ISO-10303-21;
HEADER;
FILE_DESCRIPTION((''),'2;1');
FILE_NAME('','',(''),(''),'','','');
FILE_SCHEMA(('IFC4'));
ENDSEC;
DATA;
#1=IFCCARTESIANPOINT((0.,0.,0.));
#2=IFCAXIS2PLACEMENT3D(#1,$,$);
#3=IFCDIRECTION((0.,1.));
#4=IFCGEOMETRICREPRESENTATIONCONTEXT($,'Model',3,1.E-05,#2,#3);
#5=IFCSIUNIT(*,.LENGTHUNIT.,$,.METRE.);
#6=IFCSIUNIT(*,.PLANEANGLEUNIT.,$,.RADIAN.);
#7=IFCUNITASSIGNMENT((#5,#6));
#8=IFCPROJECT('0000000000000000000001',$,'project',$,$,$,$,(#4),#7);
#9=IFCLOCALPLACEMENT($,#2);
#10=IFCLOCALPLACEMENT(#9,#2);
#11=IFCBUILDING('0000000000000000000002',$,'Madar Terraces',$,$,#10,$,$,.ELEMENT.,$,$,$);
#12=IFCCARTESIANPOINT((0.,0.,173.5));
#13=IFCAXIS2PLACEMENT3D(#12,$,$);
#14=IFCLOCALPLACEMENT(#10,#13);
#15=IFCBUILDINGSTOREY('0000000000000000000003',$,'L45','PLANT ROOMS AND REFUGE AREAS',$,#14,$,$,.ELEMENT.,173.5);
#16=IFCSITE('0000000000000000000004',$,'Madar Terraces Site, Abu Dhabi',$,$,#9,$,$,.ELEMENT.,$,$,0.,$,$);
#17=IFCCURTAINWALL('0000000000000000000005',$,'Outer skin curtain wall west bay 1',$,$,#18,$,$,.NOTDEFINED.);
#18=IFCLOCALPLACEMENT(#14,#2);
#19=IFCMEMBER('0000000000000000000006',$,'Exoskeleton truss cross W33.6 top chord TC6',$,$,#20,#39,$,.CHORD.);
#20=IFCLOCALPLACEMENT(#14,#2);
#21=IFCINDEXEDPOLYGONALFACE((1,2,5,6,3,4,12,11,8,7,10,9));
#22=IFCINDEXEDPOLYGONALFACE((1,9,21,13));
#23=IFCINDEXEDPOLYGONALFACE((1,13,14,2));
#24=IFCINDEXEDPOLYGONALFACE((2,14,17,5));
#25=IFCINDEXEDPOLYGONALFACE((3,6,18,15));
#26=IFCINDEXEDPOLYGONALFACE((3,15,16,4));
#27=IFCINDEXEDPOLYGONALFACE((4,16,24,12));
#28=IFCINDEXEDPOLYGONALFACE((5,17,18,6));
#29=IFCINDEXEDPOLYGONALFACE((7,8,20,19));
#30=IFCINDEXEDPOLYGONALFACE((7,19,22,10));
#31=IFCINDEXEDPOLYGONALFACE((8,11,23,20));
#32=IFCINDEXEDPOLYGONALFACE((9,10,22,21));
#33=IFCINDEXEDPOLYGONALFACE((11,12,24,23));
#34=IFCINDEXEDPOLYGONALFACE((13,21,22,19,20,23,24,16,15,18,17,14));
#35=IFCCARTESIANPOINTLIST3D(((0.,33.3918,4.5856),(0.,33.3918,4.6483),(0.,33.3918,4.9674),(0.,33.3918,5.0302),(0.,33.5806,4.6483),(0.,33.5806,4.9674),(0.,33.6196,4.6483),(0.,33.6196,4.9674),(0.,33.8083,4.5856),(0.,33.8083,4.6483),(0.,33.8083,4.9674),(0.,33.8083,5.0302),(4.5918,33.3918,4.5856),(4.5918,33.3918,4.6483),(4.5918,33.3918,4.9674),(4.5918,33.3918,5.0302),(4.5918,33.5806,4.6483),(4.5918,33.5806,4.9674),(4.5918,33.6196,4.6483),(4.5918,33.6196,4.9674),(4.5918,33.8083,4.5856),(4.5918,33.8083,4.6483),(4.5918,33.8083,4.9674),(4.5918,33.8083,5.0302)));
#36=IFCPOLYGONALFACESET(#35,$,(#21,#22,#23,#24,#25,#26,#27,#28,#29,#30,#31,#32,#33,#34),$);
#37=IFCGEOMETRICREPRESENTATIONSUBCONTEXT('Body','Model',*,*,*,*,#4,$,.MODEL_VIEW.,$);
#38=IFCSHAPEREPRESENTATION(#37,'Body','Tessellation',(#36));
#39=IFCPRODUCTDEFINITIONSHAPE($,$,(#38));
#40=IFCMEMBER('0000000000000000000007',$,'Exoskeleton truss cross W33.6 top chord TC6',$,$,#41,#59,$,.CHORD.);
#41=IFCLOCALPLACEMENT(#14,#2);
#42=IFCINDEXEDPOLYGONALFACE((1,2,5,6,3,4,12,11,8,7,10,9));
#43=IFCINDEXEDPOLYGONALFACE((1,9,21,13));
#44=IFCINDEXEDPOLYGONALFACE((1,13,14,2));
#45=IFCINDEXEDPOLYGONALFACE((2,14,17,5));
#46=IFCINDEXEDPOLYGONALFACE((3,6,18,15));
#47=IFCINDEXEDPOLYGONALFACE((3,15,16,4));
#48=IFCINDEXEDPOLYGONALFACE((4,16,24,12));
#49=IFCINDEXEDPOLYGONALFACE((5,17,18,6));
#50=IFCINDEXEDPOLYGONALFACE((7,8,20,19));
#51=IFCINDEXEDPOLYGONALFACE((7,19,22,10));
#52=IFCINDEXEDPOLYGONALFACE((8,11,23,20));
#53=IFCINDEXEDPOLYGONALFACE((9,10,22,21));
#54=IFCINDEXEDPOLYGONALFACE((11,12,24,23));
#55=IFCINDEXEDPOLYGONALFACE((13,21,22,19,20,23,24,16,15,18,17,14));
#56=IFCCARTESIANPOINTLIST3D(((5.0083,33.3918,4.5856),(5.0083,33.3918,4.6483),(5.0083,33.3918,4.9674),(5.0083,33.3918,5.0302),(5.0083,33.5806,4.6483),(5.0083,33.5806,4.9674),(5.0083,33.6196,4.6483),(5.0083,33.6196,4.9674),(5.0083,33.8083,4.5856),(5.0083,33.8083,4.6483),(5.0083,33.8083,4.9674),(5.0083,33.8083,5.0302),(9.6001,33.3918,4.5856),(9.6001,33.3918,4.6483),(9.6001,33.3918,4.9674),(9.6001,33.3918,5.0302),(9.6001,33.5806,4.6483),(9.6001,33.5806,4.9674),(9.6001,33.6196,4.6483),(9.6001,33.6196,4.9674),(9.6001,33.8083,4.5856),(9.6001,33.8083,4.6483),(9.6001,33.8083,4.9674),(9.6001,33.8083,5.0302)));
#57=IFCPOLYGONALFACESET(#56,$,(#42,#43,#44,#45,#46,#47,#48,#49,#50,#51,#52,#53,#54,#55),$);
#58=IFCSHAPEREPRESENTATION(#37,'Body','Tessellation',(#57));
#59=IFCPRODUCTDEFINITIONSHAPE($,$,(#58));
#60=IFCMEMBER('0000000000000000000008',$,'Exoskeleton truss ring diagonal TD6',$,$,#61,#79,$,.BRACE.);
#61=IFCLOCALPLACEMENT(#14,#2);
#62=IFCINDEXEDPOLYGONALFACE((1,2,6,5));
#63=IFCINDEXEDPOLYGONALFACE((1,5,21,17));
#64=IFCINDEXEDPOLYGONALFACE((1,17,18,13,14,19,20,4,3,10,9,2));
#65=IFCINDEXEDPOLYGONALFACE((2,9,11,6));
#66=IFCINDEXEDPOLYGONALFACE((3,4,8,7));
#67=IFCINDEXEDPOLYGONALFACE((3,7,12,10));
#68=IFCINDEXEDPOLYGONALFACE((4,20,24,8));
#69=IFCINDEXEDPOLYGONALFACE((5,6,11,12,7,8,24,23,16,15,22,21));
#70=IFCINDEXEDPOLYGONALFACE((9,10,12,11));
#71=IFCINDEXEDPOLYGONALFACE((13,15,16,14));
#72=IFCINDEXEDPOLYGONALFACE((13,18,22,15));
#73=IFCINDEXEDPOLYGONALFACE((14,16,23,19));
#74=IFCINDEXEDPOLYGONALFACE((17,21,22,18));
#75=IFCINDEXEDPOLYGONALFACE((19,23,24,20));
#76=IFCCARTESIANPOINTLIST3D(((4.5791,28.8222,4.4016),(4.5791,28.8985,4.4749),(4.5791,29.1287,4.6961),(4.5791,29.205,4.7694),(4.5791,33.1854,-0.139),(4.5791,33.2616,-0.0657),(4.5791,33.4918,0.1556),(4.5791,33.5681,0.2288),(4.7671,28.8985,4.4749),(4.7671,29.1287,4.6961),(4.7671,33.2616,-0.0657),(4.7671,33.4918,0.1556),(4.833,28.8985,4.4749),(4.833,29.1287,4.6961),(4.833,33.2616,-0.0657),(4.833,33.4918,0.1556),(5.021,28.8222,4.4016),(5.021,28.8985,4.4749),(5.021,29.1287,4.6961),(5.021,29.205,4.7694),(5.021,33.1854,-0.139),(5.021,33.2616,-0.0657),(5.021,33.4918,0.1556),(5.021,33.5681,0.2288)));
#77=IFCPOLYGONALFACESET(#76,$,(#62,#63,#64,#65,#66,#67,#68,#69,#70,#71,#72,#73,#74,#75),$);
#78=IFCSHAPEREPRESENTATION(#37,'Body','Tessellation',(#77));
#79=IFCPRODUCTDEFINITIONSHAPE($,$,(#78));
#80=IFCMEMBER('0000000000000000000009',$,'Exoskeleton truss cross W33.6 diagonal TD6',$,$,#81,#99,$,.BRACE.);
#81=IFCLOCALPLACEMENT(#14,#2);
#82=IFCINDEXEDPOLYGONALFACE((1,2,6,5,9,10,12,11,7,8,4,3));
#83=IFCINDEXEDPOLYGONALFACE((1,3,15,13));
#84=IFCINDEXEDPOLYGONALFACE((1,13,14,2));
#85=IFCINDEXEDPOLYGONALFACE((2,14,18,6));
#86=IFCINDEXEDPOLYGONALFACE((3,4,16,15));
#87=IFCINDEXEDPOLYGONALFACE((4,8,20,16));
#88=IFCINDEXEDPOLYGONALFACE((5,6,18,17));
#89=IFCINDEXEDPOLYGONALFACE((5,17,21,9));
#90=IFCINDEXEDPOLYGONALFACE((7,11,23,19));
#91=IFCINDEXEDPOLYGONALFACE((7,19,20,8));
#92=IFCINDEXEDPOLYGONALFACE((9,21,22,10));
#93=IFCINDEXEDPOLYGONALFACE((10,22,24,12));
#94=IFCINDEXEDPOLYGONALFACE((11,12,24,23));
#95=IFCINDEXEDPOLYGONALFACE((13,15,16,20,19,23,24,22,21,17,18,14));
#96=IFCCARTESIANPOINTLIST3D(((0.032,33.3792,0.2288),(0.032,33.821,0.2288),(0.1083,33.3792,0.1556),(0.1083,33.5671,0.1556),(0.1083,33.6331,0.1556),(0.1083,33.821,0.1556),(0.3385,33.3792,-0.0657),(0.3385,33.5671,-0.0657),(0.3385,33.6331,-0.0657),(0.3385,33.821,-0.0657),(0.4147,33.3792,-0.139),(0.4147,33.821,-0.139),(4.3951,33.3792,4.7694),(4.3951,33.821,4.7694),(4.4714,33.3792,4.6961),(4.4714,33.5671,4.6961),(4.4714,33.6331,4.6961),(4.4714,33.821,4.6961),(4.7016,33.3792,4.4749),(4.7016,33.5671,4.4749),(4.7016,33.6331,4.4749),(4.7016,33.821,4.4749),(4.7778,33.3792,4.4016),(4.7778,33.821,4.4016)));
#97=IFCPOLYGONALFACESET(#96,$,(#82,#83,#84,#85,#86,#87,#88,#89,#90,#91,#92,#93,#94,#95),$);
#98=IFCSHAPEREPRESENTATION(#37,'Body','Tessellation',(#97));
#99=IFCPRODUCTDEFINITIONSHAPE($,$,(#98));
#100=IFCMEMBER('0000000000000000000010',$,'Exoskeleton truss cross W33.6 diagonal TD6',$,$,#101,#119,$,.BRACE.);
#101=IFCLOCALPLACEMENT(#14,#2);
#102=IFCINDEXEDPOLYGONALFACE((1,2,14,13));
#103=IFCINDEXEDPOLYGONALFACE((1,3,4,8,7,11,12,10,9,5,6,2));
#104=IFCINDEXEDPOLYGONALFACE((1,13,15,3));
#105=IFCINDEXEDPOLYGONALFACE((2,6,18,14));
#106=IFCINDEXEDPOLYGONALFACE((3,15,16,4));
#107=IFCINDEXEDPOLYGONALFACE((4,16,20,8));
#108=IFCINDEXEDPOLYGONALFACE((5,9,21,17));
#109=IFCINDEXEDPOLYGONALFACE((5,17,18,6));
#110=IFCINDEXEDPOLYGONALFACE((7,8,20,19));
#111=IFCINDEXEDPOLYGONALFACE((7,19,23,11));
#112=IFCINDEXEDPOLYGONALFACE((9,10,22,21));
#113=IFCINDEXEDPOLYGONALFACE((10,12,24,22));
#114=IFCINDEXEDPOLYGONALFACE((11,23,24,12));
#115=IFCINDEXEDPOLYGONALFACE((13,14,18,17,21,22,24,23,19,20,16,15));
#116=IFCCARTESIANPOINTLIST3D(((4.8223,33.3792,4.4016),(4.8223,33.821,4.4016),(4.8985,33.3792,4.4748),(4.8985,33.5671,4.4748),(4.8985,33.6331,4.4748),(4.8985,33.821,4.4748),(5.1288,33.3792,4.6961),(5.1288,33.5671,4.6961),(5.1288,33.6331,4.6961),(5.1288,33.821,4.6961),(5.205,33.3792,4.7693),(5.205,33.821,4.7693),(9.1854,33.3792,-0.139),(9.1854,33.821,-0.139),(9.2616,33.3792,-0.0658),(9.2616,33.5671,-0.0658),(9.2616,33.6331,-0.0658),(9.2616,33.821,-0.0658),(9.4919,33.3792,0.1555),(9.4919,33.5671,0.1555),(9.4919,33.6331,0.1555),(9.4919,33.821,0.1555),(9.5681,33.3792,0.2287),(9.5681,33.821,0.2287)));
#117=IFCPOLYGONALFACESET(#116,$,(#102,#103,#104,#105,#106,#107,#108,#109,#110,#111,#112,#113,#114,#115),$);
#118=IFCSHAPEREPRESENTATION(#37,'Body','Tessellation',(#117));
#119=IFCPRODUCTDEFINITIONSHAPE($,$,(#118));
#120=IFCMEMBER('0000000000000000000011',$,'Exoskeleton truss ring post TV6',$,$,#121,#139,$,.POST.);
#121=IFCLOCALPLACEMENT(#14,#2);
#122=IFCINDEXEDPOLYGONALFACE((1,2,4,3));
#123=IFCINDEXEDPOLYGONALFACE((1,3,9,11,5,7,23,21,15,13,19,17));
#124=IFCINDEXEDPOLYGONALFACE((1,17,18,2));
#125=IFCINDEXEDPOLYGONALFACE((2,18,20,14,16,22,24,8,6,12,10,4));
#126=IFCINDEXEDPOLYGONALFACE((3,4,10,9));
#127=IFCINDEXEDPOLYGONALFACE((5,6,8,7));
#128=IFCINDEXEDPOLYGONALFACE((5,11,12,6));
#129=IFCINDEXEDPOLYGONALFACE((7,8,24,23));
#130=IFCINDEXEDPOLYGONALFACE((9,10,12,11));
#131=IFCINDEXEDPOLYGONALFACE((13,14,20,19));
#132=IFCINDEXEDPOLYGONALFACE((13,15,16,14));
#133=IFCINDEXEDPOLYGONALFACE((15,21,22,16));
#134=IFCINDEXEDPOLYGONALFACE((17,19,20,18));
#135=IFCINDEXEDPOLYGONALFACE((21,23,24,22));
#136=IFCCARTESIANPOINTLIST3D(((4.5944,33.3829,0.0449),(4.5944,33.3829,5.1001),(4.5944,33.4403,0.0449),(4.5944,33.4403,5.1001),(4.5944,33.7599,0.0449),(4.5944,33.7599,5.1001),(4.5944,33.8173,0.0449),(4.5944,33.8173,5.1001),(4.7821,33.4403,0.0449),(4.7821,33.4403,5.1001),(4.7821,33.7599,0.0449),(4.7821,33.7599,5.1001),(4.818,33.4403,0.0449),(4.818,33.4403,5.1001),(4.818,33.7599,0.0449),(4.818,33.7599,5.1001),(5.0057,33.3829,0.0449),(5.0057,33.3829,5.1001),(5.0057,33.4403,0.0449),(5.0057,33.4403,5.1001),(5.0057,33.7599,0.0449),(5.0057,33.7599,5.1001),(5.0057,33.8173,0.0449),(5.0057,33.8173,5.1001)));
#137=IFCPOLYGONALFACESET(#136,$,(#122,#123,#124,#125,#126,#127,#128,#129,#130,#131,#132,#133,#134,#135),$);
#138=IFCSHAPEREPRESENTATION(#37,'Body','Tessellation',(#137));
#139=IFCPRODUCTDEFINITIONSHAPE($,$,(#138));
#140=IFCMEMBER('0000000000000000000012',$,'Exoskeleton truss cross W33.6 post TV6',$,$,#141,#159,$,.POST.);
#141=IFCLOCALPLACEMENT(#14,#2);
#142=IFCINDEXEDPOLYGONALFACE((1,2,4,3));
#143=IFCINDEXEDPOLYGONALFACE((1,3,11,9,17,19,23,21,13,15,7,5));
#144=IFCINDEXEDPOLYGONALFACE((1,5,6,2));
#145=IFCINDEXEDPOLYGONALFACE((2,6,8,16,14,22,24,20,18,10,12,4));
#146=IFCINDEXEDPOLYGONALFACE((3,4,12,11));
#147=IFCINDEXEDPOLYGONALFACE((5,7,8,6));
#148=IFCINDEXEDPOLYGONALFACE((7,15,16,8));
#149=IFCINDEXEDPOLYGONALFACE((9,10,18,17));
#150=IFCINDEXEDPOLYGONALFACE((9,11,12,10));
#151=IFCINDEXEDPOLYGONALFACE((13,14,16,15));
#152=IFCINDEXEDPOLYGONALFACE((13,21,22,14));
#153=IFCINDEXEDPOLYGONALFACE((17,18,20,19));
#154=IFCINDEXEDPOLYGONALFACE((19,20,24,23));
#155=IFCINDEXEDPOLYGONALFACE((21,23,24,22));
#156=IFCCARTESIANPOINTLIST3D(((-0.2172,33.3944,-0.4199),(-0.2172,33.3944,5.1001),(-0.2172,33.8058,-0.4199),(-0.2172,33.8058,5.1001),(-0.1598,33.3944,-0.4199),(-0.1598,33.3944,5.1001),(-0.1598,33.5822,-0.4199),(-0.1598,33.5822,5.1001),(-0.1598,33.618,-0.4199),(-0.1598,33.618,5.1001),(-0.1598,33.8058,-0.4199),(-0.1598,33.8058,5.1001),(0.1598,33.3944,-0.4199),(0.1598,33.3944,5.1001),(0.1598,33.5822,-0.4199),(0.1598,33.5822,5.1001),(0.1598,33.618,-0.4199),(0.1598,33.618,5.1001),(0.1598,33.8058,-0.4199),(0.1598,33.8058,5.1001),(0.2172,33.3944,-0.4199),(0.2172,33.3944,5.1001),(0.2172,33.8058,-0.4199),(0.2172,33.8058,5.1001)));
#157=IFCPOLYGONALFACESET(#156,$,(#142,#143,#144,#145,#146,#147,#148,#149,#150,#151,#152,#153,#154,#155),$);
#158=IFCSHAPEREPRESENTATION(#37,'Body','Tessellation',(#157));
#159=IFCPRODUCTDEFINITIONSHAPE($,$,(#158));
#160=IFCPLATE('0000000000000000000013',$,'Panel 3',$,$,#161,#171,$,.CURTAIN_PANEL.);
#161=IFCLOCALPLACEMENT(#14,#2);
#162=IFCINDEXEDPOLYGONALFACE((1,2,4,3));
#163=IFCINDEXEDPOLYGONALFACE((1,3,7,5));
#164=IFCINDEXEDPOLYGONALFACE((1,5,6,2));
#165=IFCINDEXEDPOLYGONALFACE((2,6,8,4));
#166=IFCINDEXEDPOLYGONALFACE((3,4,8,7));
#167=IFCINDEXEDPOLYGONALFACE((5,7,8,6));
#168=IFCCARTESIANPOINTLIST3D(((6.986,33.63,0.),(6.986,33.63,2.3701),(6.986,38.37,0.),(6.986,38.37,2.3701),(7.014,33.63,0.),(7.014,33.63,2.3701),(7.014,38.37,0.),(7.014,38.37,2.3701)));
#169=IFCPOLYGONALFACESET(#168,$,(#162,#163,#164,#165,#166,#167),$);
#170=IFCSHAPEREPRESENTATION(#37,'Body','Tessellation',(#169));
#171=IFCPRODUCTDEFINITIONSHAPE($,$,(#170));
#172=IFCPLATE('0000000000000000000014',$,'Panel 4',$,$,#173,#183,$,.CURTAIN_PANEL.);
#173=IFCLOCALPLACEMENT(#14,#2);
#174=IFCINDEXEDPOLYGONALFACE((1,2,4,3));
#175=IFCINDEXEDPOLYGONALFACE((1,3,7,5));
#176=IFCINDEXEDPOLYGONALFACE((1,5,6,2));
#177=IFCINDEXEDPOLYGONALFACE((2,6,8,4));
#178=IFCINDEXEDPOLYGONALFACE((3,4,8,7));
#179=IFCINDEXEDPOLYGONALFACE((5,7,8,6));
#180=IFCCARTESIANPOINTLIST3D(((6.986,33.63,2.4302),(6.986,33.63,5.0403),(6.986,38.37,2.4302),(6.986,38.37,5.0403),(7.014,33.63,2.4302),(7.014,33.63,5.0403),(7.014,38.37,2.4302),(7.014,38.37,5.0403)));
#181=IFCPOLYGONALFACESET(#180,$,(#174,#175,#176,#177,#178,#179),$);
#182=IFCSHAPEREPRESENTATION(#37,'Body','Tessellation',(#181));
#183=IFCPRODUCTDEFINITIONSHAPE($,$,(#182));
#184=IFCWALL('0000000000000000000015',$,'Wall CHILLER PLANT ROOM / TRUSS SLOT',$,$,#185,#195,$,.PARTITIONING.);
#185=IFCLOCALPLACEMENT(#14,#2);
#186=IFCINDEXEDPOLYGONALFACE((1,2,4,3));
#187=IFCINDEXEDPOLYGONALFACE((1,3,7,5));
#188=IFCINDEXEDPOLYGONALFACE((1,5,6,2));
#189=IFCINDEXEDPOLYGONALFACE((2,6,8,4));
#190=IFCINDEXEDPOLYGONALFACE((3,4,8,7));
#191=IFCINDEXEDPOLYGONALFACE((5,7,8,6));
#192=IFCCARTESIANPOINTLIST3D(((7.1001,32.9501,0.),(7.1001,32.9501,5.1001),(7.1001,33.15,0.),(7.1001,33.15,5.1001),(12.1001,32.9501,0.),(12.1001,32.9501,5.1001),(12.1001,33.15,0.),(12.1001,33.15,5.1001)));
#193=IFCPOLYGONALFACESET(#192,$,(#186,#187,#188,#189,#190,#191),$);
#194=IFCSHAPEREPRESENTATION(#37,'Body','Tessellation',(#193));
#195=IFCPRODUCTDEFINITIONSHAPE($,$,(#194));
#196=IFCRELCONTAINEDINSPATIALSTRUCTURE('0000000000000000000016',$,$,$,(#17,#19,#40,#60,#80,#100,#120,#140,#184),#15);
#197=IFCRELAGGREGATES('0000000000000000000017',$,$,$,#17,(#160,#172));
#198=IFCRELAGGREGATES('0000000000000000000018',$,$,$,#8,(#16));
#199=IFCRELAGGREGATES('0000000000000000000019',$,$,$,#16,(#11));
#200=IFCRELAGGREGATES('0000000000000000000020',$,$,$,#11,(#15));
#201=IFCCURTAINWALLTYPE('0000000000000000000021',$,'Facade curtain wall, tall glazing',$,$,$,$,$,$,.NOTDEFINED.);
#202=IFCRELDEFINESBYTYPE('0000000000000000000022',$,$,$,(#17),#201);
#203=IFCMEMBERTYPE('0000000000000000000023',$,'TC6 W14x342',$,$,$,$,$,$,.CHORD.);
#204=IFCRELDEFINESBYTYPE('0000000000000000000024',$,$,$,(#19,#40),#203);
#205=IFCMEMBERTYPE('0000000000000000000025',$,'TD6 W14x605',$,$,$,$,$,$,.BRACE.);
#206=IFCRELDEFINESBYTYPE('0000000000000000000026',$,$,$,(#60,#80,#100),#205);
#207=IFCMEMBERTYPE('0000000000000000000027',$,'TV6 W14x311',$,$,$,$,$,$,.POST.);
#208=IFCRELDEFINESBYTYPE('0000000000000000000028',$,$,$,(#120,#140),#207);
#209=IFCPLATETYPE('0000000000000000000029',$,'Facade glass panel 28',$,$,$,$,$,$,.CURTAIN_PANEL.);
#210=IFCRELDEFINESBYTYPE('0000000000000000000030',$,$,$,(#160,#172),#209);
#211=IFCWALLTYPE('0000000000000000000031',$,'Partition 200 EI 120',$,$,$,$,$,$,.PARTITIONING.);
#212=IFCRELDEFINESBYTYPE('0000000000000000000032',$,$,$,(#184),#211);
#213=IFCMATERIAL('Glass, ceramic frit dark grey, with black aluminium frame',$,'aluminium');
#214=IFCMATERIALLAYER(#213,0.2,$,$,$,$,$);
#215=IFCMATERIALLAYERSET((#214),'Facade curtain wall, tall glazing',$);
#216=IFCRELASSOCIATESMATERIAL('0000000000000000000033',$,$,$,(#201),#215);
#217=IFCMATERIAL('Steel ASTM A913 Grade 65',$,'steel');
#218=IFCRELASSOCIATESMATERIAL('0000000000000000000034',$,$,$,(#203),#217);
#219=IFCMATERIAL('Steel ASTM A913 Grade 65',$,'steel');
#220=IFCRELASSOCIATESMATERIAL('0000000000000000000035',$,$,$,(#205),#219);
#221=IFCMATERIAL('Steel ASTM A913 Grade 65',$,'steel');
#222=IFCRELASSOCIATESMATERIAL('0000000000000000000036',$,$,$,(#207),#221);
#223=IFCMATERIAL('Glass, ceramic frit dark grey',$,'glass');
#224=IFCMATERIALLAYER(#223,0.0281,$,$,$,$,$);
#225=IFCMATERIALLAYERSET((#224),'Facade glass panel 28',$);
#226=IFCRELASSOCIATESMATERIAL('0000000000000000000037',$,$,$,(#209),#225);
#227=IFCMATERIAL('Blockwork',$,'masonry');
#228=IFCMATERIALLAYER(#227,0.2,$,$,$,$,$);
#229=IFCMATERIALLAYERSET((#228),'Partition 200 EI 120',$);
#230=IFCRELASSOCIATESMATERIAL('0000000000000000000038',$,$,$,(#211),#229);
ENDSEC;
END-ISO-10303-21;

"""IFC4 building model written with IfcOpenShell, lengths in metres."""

from ifc_helpers import new_model, si_unit, direction, frame, frame_2d, origin, origin_2d, place, context, subcontext, project, spatial, rectangle, i_section, extrude, material, layer, layer_set, material_profile, profile_set, type_object, element, aggregate, save


model = new_model("IFC4")

# Units and contexts
model_context = context("Model", 3, precision=1e-05, world=origin(), true_north=direction((0.0, 1.0)))
body_context = subcontext(model_context, "Body", "Model", "MODEL_VIEW")
ifc_project = project(units=[si_unit("LENGTHUNIT", "METRE"), si_unit("PLANEANGLEUNIT", "RADIAN")], contexts=[model_context])

# Site, building, storey
site_placement = place(None, origin())
site = spatial("IfcSite", under=ifc_project, at=site_placement, Name="Madar Terraces Site, Abu Dhabi", CompositionType="ELEMENT", RefElevation=0.0)
building_placement = place(site_placement, origin())
building = spatial("IfcBuilding", under=site, at=building_placement, Name="Madar Terraces", CompositionType="ELEMENT")
storey_placement = place(building_placement, frame((0.0, 0.0, 173.5)))
storey = spatial("IfcBuildingStorey", under=building, at=storey_placement, Name="L45", Description="PLANT ROOMS AND REFUGE AREAS", CompositionType="ELEMENT", Elevation=173.5)

# Curtain wall
ifc_material_1 = material(Name="Glass, ceramic frit dark grey, with black aluminium frame", Category="aluminium")
ifc_layer_1 = layer(ifc_material_1, 0.2)
ifc_layer_set_1 = layer_set([ifc_layer_1], Name="Facade curtain wall, tall glazing")
curtain_wall_type = type_object("IfcCurtainWallType", Name="Facade curtain wall, tall glazing", PredefinedType="NOTDEFINED", material=ifc_layer_set_1)
curtain_wall_placement = place(storey_placement, origin())
curtain_wall = element("IfcCurtainWall", 1, at=curtain_wall_placement, inside=storey, type_object=curtain_wall_type, Name="Outer skin curtain wall west bay 1", PredefinedType="NOTDEFINED")

# Members
ifc_material_2 = material(Name="Steel ASTM A913 Grade 65", Category="steel")
ifc_material_profile_1 = material_profile(ifc_material_2, i_section(OverallWidth=0.4165, OverallDepth=0.4446, WebThickness=0.0391, FlangeThickness=0.0627, at=origin_2d()), Name="W14x342")
ifc_profile_set_1 = profile_set([ifc_material_profile_1], Name="Steel ASTM A913 Grade 65")
member_type_1 = type_object("IfcMemberType", Name="TC6 W14x342", PredefinedType="CHORD", material=ifc_profile_set_1)
for number, where, z_axis, x_axis, name in (
    (2, (0.0, 33.6001, 4.8079), (1.0, 0.0, 0.0), (0.0, 1.0, 0.0), "Exoskeleton truss cross W33.6 top chord TC6"),
    (3, (5.0083, 33.6001, 4.8079), (1.0, 0.0, 0.0), (0.0, 1.0, 0.0), "Exoskeleton truss cross W33.6 top chord TC6"),
):
    element("IfcMember", number, at=place(storey_placement, frame(where, z_axis=z_axis, x_axis=x_axis)), inside=storey, type_object=member_type_1, Name=name, PredefinedType="CHORD", context=body_context, shape_type="SweptSolid", body=[
        extrude(i_section(OverallWidth=0.4165, OverallDepth=0.4446, WebThickness=0.0391, FlangeThickness=0.0627, at=origin_2d()), origin(), (0.0, 0.0, 1.0), 4.5918),
    ])
ifc_material_3 = material(Name="Steel ASTM A913 Grade 65", Category="steel")
ifc_material_profile_2 = material_profile(ifc_material_3, i_section(OverallWidth=0.4419, OverallDepth=0.5308, WebThickness=0.0659, FlangeThickness=0.1057, at=origin_2d()), Name="W14x605")
ifc_profile_set_2 = profile_set([ifc_material_profile_2], Name="Steel ASTM A913 Grade 65")
member_type_2 = type_object("IfcMemberType", Name="TD6 W14x605", PredefinedType="BRACE", material=ifc_profile_set_2)
for number, where, z_axis, x_axis, name in (
    (4, (4.8, 33.3767, 0.0449), (0.0, -0.692873, 0.72106), (1.0, 0.0, 0.0), "Exoskeleton truss ring diagonal TD6"),
    (5, (0.2234, 33.6001, 0.0449), (0.692873, 0.0, 0.72106), (0.0, 1.0, 0.0), "Exoskeleton truss cross W33.6 diagonal TD6"),
    (6, (5.0137, 33.6001, 4.5854), (0.692873, 0.0, -0.72106), (0.0, 1.0, 0.0), "Exoskeleton truss cross W33.6 diagonal TD6"),
):
    element("IfcMember", number, at=place(storey_placement, frame(where, z_axis=z_axis, x_axis=x_axis)), inside=storey, type_object=member_type_2, Name=name, PredefinedType="BRACE", context=body_context, shape_type="SweptSolid", body=[
        extrude(i_section(OverallWidth=0.4419, OverallDepth=0.5308, WebThickness=0.0659, FlangeThickness=0.1057, at=origin_2d()), origin(), (0.0, 0.0, 1.0), 6.2971),
    ])
ifc_material_4 = material(Name="Steel ASTM A913 Grade 65", Category="steel")
ifc_material_profile_3 = material_profile(ifc_material_4, i_section(OverallWidth=0.4114, OverallDepth=0.4343, WebThickness=0.0359, FlangeThickness=0.0574, at=origin_2d()), Name="W14x311")
ifc_profile_set_3 = profile_set([ifc_material_profile_3], Name="Steel ASTM A913 Grade 65")
member_type_3 = type_object("IfcMemberType", Name="TV6 W14x311", PredefinedType="POST", material=ifc_profile_set_3)
member_1_placement = place(storey_placement, frame((4.8, 33.6001, 0.0449), z_axis=(0.0, 0.0, 1.0), x_axis=(1.0, 0.0, 0.0)))
element("IfcMember", 7, at=member_1_placement, inside=storey, type_object=member_type_3, Name="Exoskeleton truss ring post TV6", PredefinedType="POST", context=body_context, shape_type="SweptSolid", body=[
    extrude(i_section(OverallWidth=0.4114, OverallDepth=0.4343, WebThickness=0.0359, FlangeThickness=0.0574, at=origin_2d()), origin(), (0.0, 0.0, 1.0), 5.0552),
])
member_2_placement = place(storey_placement, frame((0.0, 33.6001, -0.4199), z_axis=(0.0, 0.0, 1.0), x_axis=(0.0, 1.0, 0.0)))
element("IfcMember", 8, at=member_2_placement, inside=storey, type_object=member_type_3, Name="Exoskeleton truss cross W33.6 post TV6", PredefinedType="POST", context=body_context, shape_type="SweptSolid", body=[
    extrude(i_section(OverallWidth=0.4114, OverallDepth=0.4343, WebThickness=0.0359, FlangeThickness=0.0574, at=origin_2d()), origin(), (0.0, 0.0, 1.0), 5.52),
])

# Plates
ifc_material_5 = material(Name="Glass, ceramic frit dark grey", Category="glass")
ifc_layer_2 = layer(ifc_material_5, 0.0281)
ifc_layer_set_2 = layer_set([ifc_layer_2], Name="Facade glass panel 28")
plate_type = type_object("IfcPlateType", Name="Facade glass panel 28", PredefinedType="CURTAIN_PANEL", material=ifc_layer_set_2)
plate_1_placement = place(storey_placement, frame((7.0, 36.0, 0.0), z_axis=(0.0, 0.0, 1.0), x_axis=(0.0, -1.0, 0.0)))
plate_1 = element("IfcPlate", 9, at=plate_1_placement, type_object=plate_type, Name="Panel 3", PredefinedType="CURTAIN_PANEL", context=body_context, shape_type="SweptSolid", body=[
    extrude(rectangle(XDim=4.74, YDim=0.0281, at=origin_2d()), origin(), (0.0, 0.0, 1.0), 2.3701),
])
plate_2_placement = place(storey_placement, frame((7.0, 36.0, 2.4302), z_axis=(0.0, 0.0, 1.0), x_axis=(0.0, -1.0, 0.0)))
plate_2 = element("IfcPlate", 10, at=plate_2_placement, type_object=plate_type, Name="Panel 4", PredefinedType="CURTAIN_PANEL", context=body_context, shape_type="SweptSolid", body=[
    extrude(rectangle(XDim=4.74, YDim=0.0281, at=origin_2d()), origin(), (0.0, 0.0, 1.0), 2.6101),
])
aggregate(curtain_wall, [plate_1, plate_2])

# Wall
ifc_material_6 = material(Name="Blockwork", Category="masonry")
ifc_layer_3 = layer(ifc_material_6, 0.2)
ifc_layer_set_3 = layer_set([ifc_layer_3], Name="Partition 200 EI 120")
wall_type_1 = type_object("IfcWallType", Name="Partition 200 EI 120", PredefinedType="PARTITIONING", material=ifc_layer_set_3)
for number, where, z_axis, x_axis, name in (
    (11, (7.1001, 33.05, 0.0), (0.0, 0.0, 1.0), (1.0, 0.0, 0.0), "Wall CHILLER PLANT ROOM / TRUSS SLOT"),
):
    element("IfcWall", number, at=place(storey_placement, frame(where, z_axis=z_axis, x_axis=x_axis)), inside=storey, type_object=wall_type_1, Name=name, PredefinedType="PARTITIONING", context=body_context, shape_type="SweptSolid", body=[
        extrude(rectangle(XDim=5.0, YDim=0.2, at=frame_2d((2.5, 0.0))), origin(), (0.0, 0.0, 1.0), 5.1001),
    ])

save(model, "model.ifc")
